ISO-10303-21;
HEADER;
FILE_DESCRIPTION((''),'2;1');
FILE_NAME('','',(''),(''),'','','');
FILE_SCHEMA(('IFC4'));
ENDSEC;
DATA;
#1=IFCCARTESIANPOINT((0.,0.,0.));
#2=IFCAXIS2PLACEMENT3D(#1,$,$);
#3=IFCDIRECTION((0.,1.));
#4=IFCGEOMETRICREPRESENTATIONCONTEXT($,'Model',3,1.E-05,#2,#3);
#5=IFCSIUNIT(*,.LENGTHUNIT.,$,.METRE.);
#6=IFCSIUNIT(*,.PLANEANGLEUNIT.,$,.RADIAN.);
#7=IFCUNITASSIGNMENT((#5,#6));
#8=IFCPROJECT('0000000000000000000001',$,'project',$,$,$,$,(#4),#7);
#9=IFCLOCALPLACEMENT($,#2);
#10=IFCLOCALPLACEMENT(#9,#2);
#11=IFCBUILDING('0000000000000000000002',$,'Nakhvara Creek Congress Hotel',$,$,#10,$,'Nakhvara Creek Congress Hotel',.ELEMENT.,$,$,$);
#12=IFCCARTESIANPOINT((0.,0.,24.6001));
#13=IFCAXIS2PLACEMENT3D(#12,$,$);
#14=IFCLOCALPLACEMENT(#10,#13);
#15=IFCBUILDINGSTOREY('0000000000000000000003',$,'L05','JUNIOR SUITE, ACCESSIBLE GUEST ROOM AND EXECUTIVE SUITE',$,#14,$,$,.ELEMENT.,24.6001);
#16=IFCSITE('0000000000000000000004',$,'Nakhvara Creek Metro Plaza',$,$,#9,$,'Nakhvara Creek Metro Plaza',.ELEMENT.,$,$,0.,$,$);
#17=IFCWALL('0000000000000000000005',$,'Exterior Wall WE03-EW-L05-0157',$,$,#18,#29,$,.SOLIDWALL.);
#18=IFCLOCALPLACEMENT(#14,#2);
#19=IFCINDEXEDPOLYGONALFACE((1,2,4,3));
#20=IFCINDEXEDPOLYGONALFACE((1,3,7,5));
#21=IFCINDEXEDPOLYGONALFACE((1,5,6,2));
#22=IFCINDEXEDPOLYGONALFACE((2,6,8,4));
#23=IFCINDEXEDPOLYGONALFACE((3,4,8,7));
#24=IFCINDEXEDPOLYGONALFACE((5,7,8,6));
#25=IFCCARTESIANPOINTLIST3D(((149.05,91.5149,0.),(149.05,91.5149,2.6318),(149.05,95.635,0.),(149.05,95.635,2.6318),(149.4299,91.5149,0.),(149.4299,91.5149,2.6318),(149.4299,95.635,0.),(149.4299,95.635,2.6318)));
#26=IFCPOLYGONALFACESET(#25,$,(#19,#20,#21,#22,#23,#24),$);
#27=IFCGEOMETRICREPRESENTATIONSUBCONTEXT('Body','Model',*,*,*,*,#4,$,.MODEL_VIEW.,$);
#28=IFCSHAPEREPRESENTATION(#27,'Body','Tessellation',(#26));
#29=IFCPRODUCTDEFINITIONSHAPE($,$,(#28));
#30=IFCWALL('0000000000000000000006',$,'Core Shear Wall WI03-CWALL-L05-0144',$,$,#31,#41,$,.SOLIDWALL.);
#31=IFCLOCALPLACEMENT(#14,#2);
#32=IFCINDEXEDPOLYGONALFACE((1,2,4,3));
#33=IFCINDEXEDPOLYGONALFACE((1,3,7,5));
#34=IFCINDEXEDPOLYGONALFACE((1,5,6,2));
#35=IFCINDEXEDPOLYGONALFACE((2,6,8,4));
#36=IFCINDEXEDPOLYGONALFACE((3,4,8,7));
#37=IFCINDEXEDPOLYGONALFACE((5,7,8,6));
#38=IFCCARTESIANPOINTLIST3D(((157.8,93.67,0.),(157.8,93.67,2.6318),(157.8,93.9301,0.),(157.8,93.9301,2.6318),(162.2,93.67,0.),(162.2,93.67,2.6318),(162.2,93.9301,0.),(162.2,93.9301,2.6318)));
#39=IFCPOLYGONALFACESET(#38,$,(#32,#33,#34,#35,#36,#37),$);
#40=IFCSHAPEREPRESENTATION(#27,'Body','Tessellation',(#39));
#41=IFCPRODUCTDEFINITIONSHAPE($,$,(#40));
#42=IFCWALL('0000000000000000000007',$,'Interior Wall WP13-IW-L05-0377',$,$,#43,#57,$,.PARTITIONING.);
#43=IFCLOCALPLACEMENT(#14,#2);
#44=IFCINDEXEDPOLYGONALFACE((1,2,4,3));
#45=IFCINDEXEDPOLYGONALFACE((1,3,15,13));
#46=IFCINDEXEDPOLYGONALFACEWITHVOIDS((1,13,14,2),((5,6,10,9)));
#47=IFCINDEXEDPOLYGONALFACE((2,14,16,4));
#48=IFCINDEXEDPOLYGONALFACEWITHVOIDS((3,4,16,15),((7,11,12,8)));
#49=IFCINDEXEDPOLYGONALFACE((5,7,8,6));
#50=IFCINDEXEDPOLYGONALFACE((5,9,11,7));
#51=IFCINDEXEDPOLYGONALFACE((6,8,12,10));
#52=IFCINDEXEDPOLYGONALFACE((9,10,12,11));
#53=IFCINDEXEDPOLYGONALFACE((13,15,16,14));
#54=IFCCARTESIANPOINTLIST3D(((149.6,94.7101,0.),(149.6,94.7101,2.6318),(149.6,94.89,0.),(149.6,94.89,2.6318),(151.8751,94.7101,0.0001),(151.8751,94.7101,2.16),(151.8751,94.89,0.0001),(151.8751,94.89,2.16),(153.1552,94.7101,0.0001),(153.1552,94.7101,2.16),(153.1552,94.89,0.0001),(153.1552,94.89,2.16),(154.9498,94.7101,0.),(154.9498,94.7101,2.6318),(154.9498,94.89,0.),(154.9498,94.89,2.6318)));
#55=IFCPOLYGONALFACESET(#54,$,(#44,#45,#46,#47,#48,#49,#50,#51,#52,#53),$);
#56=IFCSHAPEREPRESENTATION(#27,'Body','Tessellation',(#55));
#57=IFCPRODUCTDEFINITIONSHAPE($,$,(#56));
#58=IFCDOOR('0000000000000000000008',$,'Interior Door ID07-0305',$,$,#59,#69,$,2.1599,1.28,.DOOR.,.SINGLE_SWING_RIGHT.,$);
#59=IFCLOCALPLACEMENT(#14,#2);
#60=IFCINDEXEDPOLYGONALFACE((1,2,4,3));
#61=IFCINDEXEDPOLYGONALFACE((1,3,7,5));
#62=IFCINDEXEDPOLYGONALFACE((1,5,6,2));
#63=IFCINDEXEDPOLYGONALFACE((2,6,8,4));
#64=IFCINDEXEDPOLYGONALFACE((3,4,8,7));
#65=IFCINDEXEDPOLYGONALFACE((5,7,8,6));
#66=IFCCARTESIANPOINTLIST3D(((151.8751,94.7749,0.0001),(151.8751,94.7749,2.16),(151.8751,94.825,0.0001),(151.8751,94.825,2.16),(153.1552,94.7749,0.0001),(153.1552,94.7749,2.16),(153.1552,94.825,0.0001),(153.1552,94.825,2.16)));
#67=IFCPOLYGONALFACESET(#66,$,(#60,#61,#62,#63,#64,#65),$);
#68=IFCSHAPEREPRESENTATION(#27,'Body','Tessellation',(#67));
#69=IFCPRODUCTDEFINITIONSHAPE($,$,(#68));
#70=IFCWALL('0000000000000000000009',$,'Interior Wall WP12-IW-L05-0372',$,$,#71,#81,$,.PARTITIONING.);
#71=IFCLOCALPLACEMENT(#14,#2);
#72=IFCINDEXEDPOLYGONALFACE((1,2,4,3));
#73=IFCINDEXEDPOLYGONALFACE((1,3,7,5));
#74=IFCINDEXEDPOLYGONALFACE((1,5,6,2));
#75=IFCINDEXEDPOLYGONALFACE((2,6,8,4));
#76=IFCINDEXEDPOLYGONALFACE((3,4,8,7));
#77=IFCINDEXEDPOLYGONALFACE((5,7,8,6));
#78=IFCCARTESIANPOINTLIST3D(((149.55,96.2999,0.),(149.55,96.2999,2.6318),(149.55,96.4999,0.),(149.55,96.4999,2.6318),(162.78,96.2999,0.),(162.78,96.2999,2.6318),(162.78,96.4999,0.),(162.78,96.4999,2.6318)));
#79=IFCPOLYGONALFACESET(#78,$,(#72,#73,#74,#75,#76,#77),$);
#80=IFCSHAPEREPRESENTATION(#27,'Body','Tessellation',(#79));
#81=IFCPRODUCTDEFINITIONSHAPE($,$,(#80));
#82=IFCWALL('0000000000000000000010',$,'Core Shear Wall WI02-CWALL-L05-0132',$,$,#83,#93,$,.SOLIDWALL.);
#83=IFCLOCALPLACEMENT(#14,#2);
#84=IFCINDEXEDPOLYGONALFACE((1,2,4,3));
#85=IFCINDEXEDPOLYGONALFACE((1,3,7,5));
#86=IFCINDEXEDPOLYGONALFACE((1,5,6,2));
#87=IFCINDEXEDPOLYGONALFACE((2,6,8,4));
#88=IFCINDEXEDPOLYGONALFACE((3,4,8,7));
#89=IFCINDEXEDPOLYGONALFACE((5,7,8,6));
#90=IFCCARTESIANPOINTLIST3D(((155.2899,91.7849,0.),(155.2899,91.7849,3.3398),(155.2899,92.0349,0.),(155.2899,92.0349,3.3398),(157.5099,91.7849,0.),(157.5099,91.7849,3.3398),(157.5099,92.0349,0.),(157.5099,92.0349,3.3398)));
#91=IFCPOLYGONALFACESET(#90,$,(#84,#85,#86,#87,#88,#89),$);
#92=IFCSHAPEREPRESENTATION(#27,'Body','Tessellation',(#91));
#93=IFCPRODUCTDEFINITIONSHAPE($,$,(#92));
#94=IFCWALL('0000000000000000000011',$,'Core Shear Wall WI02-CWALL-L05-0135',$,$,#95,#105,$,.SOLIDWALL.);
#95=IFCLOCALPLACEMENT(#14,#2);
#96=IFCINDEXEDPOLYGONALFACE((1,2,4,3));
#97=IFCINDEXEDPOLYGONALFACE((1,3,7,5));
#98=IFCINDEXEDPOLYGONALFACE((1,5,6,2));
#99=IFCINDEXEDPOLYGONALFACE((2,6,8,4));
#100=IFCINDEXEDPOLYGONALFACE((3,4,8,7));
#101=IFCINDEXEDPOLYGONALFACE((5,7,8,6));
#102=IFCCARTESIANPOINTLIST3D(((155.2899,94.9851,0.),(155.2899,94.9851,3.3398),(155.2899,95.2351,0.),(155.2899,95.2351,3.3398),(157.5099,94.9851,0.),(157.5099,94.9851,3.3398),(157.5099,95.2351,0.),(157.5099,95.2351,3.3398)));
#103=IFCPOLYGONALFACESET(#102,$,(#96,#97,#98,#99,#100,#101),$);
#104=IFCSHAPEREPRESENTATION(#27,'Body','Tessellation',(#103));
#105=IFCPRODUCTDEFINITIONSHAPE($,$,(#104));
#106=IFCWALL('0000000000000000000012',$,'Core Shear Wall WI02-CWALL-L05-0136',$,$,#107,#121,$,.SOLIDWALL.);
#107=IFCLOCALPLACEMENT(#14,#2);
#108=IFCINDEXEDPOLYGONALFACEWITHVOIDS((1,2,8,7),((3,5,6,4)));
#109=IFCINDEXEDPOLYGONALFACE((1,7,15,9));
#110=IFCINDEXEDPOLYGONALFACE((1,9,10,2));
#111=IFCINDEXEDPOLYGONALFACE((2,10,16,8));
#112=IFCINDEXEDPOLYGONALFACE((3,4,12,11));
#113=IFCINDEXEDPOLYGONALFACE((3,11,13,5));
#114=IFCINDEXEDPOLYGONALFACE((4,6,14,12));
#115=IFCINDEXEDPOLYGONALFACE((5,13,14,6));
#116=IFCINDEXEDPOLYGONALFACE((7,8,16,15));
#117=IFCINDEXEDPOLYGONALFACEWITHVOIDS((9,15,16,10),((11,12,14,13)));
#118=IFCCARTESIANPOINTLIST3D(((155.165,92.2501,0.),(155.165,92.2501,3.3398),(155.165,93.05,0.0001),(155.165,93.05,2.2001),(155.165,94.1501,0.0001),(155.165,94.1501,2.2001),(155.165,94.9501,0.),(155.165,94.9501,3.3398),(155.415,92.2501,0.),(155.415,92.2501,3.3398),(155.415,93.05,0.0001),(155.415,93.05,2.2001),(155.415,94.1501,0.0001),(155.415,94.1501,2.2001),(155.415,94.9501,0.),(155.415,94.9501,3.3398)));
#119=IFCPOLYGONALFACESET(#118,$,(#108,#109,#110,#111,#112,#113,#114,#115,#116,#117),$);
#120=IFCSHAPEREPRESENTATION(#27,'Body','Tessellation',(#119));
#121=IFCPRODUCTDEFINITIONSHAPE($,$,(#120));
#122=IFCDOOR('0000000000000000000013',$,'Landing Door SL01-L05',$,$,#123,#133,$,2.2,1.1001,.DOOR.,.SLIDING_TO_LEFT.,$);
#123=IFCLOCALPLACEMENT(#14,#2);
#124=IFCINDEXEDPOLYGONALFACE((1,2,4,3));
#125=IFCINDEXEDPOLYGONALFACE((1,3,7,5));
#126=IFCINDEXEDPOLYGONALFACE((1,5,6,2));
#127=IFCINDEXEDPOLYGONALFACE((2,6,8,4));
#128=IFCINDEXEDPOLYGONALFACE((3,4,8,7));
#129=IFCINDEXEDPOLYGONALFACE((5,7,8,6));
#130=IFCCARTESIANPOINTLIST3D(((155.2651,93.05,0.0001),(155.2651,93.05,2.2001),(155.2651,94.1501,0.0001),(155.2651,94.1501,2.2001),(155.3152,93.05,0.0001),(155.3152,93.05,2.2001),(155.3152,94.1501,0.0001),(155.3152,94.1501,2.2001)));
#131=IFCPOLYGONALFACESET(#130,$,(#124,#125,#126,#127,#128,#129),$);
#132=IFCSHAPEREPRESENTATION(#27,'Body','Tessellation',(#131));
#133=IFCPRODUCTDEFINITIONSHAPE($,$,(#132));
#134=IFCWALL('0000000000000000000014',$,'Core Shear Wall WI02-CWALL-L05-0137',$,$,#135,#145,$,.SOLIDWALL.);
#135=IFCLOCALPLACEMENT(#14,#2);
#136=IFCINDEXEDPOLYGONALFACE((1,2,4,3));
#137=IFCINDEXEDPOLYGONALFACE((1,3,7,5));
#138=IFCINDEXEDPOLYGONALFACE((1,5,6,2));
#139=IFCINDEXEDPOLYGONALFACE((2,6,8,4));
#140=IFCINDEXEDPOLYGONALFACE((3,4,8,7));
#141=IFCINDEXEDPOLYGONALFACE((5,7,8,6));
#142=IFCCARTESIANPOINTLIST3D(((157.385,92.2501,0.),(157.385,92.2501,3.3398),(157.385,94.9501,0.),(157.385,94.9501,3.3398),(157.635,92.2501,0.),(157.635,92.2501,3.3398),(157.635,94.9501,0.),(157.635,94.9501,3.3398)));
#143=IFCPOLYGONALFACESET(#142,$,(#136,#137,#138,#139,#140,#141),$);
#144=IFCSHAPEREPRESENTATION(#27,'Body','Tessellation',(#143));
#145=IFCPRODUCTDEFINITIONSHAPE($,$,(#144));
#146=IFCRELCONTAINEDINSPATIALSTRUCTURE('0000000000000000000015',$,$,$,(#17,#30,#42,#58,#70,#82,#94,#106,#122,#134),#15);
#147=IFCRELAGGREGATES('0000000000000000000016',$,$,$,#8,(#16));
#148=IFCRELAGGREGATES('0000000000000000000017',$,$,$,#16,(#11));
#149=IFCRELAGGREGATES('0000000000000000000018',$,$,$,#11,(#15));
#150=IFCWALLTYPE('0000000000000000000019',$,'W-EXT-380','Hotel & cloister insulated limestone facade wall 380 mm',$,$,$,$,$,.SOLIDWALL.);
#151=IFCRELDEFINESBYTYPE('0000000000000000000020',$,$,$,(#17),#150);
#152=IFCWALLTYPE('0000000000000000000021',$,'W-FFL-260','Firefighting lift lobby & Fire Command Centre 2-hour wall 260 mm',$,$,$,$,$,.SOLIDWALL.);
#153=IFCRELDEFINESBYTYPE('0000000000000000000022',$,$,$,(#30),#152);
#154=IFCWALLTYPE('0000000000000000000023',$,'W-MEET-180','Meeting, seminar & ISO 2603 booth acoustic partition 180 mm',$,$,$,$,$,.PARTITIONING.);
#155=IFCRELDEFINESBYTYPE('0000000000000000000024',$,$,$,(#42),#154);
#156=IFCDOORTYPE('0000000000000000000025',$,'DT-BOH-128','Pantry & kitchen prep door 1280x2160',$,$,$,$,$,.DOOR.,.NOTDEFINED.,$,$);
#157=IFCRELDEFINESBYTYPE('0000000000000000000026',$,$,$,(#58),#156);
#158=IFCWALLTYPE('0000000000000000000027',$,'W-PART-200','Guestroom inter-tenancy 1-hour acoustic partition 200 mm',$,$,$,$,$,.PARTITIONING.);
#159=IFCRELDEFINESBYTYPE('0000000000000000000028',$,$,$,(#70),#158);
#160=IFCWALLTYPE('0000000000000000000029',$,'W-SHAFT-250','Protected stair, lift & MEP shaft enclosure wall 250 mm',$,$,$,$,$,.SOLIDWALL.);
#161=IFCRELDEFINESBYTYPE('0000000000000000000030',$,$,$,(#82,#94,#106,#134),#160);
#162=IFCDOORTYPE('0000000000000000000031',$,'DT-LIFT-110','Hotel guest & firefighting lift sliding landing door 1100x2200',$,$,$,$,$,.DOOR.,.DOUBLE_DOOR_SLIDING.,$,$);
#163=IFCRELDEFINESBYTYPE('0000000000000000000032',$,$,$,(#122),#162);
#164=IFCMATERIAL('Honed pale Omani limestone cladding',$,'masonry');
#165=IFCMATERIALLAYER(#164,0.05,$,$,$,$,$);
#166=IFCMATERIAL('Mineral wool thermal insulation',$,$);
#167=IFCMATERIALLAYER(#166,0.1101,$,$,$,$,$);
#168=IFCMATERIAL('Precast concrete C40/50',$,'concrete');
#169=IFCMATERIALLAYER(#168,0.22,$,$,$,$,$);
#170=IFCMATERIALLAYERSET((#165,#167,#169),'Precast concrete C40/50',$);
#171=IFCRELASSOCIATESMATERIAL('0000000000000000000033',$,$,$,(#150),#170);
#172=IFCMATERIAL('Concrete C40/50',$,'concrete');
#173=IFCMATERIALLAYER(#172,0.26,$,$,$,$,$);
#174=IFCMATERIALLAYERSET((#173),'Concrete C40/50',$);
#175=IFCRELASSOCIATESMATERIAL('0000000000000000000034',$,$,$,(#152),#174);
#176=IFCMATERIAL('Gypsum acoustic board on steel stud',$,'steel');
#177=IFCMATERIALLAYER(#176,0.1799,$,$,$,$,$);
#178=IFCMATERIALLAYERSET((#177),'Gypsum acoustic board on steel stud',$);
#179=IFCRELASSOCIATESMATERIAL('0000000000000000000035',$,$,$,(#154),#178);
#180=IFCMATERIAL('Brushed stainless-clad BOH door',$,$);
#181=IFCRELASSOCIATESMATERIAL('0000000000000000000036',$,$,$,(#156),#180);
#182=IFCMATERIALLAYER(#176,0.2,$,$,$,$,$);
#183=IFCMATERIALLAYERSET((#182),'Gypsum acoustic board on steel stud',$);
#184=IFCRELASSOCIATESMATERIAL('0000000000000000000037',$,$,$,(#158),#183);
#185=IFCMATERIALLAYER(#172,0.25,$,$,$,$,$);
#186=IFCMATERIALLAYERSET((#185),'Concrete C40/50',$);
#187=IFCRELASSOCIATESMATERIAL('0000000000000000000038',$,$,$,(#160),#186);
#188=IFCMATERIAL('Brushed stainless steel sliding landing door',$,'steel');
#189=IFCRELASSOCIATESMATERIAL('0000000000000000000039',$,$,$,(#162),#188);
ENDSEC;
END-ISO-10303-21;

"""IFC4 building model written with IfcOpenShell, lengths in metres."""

from ifc_helpers import new_model, si_unit, direction, frame, frame_2d, origin, place, context, subcontext, project, spatial, rectangle, extrude, material, layer, layer_set, type_object, element, fill, save


model = new_model("IFC4")

# Units and contexts
model_context = context("Model", 3, precision=1e-05, world=origin(), true_north=direction((0.0, 1.0)))
body_context = subcontext(model_context, "Body", "Model", "MODEL_VIEW")
ifc_project = project(units=[si_unit("LENGTHUNIT", "METRE"), si_unit("PLANEANGLEUNIT", "RADIAN")], contexts=[model_context])

# Site, building, storey
site_placement = place(None, origin())
site = spatial("IfcSite", under=ifc_project, at=site_placement, Name="Nakhvara Creek Metro Plaza", LongName="Nakhvara Creek Metro Plaza", CompositionType="ELEMENT", RefElevation=0.0)
building_placement = place(site_placement, origin())
building = spatial("IfcBuilding", under=site, at=building_placement, Name="Nakhvara Creek Congress Hotel", LongName="Nakhvara Creek Congress Hotel", CompositionType="ELEMENT")
storey_placement = place(building_placement, frame((0.0, 0.0, 24.6001)))
storey = spatial("IfcBuildingStorey", under=building, at=storey_placement, Name="L05", Description="JUNIOR SUITE, ACCESSIBLE GUEST ROOM AND EXECUTIVE SUITE", CompositionType="ELEMENT", Elevation=24.6001)

# Shared definitions
ifc_material_1 = material(Name="Concrete C40/50", Category="concrete")

# Walls
ifc_material_2 = material(Name="Honed pale Omani limestone cladding", Category="masonry")
ifc_layer_1 = layer(ifc_material_2, 0.05)
ifc_material_3 = material(Name="Mineral wool thermal insulation")
ifc_layer_2 = layer(ifc_material_3, 0.1101)
ifc_material_4 = material(Name="Precast concrete C40/50", Category="concrete")
ifc_layer_3 = layer(ifc_material_4, 0.22)
ifc_layer_set_1 = layer_set([ifc_layer_1, ifc_layer_2, ifc_layer_3], Name="Precast concrete C40/50")
wall_type_1 = type_object("IfcWallType", Name="W-EXT-380", Description="Hotel & cloister insulated limestone facade wall 380 mm", PredefinedType="SOLIDWALL", material=ifc_layer_set_1)
wall_1_placement = place(storey_placement, frame((149.24, 91.5149, 0.0), z_axis=(0.0, 0.0, 1.0), x_axis=(0.0, 1.0, 0.0)))
element("IfcWall", 1, at=wall_1_placement, inside=storey, type_object=wall_type_1, Name="Exterior Wall WE03-EW-L05-0157", PredefinedType="SOLIDWALL", context=body_context, shape_type="SweptSolid", body=[
    extrude(rectangle(XDim=4.1201, YDim=0.3799, at=frame_2d((2.0601, 0.0))), origin(), (0.0, 0.0, 1.0), 2.6318),
])
ifc_layer_4 = layer(ifc_material_1, 0.26)
ifc_layer_set_2 = layer_set([ifc_layer_4], Name="Concrete C40/50")
wall_type_2 = type_object("IfcWallType", Name="W-FFL-260", Description="Firefighting lift lobby & Fire Command Centre 2-hour wall 260 mm", PredefinedType="SOLIDWALL", material=ifc_layer_set_2)
wall_2_placement = place(storey_placement, frame((157.8, 93.8, 0.0), z_axis=(0.0, 0.0, 1.0), x_axis=(1.0, 0.0, 0.0)))
element("IfcWall", 2, at=wall_2_placement, inside=storey, type_object=wall_type_2, Name="Core Shear Wall WI03-CWALL-L05-0144", PredefinedType="SOLIDWALL", context=body_context, shape_type="SweptSolid", body=[
    extrude(rectangle(XDim=4.3999, YDim=0.26, at=frame_2d((2.2, 0.0))), origin(), (0.0, 0.0, 1.0), 2.6318),
])

# Wall, opening, door
ifc_material_5 = material(Name="Gypsum acoustic board on steel stud", Category="steel")
ifc_layer_5 = layer(ifc_material_5, 0.1799)
ifc_layer_set_3 = layer_set([ifc_layer_5], Name="Gypsum acoustic board on steel stud")
wall_type_3 = type_object("IfcWallType", Name="W-MEET-180", Description="Meeting, seminar & ISO 2603 booth acoustic partition 180 mm", PredefinedType="PARTITIONING", material=ifc_layer_set_3)
wall_3_placement = place(storey_placement, frame((149.6001, 94.8, 0.0), z_axis=(0.0, 0.0, 1.0), x_axis=(1.0, 0.0, 0.0)))
wall_3 = element("IfcWall", 3, at=wall_3_placement, inside=storey, type_object=wall_type_3, Name="Interior Wall WP13-IW-L05-0377", PredefinedType="PARTITIONING", context=body_context, shape_type="SweptSolid", body=[
    extrude(rectangle(XDim=5.3499, YDim=0.1799, at=frame_2d((2.6748, 0.0))), origin(), (0.0, 0.0, 1.0), 2.6318),
])
opening_1_placement = place(wall_3_placement, frame((2.2749, 0.0, 0.0)))
opening_1 = element("IfcOpeningElement", 4, at=opening_1_placement, cuts=wall_3, PredefinedType="OPENING", context=body_context, shape_type="SweptSolid", body=[
    extrude(rectangle(XDim=1.28, YDim=2.1599, at=frame_2d((0.6401, 1.0801))), frame((0.0, 0.1021, 0.0), z_axis=(0.0, -1.0, 0.0), x_axis=(1.0, 0.0, 0.0)), (0.0, 0.0, 1.0), 0.2039),
])
ifc_material_6 = material(Name="Brushed stainless-clad BOH door")
door_type_1 = type_object("IfcDoorType", Name="DT-BOH-128", Description="Pantry & kitchen prep door 1280x2160", OperationType="NOTDEFINED", PredefinedType="DOOR", material=ifc_material_6)
door_1_placement = place(opening_1_placement, origin())
door_1 = element("IfcDoor", 5, at=door_1_placement, inside=storey, type_object=door_type_1, Name="Interior Door ID07-0305", OperationType="SINGLE_SWING_RIGHT", OverallHeight=2.1599, OverallWidth=1.28, PredefinedType="DOOR", context=body_context, shape_type="SweptSolid", body=[
    extrude(rectangle(XDim=1.28, YDim=2.1599, at=frame_2d((0.6401, 1.0801))), frame((0.0, 0.0249, 0.0), z_axis=(0.0, -1.0, 0.0), x_axis=(1.0, 0.0, 0.0)), (0.0, 0.0, 1.0), 0.05),
])
fill(opening_1, door_1)

# Walls
ifc_layer_6 = layer(ifc_material_5, 0.2)
ifc_layer_set_4 = layer_set([ifc_layer_6], Name="Gypsum acoustic board on steel stud")
wall_type_4 = type_object("IfcWallType", Name="W-PART-200", Description="Guestroom inter-tenancy 1-hour acoustic partition 200 mm", PredefinedType="PARTITIONING", material=ifc_layer_set_4)
wall_4_placement = place(storey_placement, frame((149.55, 96.3999, 0.0), z_axis=(0.0, 0.0, 1.0), x_axis=(1.0, 0.0, 0.0)))
element("IfcWall", 6, at=wall_4_placement, inside=storey, type_object=wall_type_4, Name="Interior Wall WP12-IW-L05-0372", PredefinedType="PARTITIONING", context=body_context, shape_type="SweptSolid", body=[
    extrude(rectangle(XDim=13.23, YDim=0.2, at=frame_2d((6.615, 0.0))), origin(), (0.0, 0.0, 1.0), 2.6318),
])
ifc_layer_7 = layer(ifc_material_1, 0.25)
ifc_layer_set_5 = layer_set([ifc_layer_7], Name="Concrete C40/50")
wall_type_5 = type_object("IfcWallType", Name="W-SHAFT-250", Description="Protected stair, lift & MEP shaft enclosure wall 250 mm", PredefinedType="SOLIDWALL", material=ifc_layer_set_5)
for number, where, z_axis, x_axis, name in (
    (7, (155.29, 91.9099, 0.0), (0.0, 0.0, 1.0), (1.0, 0.0, 0.0), "Core Shear Wall WI02-CWALL-L05-0132"),
    (8, (155.29, 95.1101, 0.0), (0.0, 0.0, 1.0), (1.0, 0.0, 0.0), "Core Shear Wall WI02-CWALL-L05-0135"),
):
    element("IfcWall", number, at=place(storey_placement, frame(where, z_axis=z_axis, x_axis=x_axis)), inside=storey, type_object=wall_type_5, Name=name, PredefinedType="SOLIDWALL", context=body_context, shape_type="SweptSolid", body=[
        extrude(rectangle(XDim=2.22, YDim=0.25, at=frame_2d((1.1099, 0.0))), origin(), (0.0, 0.0, 1.0), 3.3398),
    ])

# Wall, opening, door
wall_5_placement = place(storey_placement, frame((155.29, 92.25, 0.0), z_axis=(0.0, 0.0, 1.0), x_axis=(0.0, 1.0, 0.0)))
wall_5 = element("IfcWall", 9, at=wall_5_placement, inside=storey, type_object=wall_type_5, Name="Core Shear Wall WI02-CWALL-L05-0136", PredefinedType="SOLIDWALL", context=body_context, shape_type="SweptSolid", body=[
    extrude(rectangle(XDim=2.7, YDim=0.25, at=frame_2d((1.3501, 0.0))), origin(), (0.0, 0.0, 1.0), 3.3398),
])
opening_2_placement = place(wall_5_placement, frame((0.8, 0.0, 0.0)))
opening_2 = element("IfcOpeningElement", 10, at=opening_2_placement, cuts=wall_5, PredefinedType="OPENING", context=body_context, shape_type="SweptSolid", body=[
    extrude(rectangle(XDim=1.1001, YDim=2.2, at=frame_2d((0.55, 1.1001))), frame((0.0, 0.137, 0.0), z_axis=(0.0, -1.0, 0.0), x_axis=(1.0, 0.0, 0.0)), (0.0, 0.0, 1.0), 0.2739),
])
ifc_material_7 = material(Name="Brushed stainless steel sliding landing door", Category="steel")
door_type_2 = type_object("IfcDoorType", Name="DT-LIFT-110", Description="Hotel guest & firefighting lift sliding landing door 1100x2200", OperationType="DOUBLE_DOOR_SLIDING", PredefinedType="DOOR", material=ifc_material_7)
door_2_placement = place(opening_2_placement, origin())
door_2 = element("IfcDoor", 11, at=door_2_placement, inside=storey, type_object=door_type_2, Name="Landing Door SL01-L05", OperationType="SLIDING_TO_LEFT", OverallHeight=2.2, OverallWidth=1.1001, PredefinedType="DOOR", context=body_context, shape_type="SweptSolid", body=[
    extrude(rectangle(XDim=1.1001, YDim=2.2, at=frame_2d((0.55, 1.1001))), frame((0.0, 0.0249, 0.0), z_axis=(0.0, -1.0, 0.0), x_axis=(1.0, 0.0, 0.0)), (0.0, 0.0, 1.0), 0.05),
])
fill(opening_2, door_2)

# Wall
wall_6_placement = place(storey_placement, frame((157.51, 92.25, 0.0), z_axis=(0.0, 0.0, 1.0), x_axis=(0.0, 1.0, 0.0)))
element("IfcWall", 12, at=wall_6_placement, inside=storey, type_object=wall_type_5, Name="Core Shear Wall WI02-CWALL-L05-0137", PredefinedType="SOLIDWALL", context=body_context, shape_type="SweptSolid", body=[
    extrude(rectangle(XDim=2.7, YDim=0.25, at=frame_2d((1.3501, 0.0))), origin(), (0.0, 0.0, 1.0), 3.3398),
])

save(model, "model.ifc")
